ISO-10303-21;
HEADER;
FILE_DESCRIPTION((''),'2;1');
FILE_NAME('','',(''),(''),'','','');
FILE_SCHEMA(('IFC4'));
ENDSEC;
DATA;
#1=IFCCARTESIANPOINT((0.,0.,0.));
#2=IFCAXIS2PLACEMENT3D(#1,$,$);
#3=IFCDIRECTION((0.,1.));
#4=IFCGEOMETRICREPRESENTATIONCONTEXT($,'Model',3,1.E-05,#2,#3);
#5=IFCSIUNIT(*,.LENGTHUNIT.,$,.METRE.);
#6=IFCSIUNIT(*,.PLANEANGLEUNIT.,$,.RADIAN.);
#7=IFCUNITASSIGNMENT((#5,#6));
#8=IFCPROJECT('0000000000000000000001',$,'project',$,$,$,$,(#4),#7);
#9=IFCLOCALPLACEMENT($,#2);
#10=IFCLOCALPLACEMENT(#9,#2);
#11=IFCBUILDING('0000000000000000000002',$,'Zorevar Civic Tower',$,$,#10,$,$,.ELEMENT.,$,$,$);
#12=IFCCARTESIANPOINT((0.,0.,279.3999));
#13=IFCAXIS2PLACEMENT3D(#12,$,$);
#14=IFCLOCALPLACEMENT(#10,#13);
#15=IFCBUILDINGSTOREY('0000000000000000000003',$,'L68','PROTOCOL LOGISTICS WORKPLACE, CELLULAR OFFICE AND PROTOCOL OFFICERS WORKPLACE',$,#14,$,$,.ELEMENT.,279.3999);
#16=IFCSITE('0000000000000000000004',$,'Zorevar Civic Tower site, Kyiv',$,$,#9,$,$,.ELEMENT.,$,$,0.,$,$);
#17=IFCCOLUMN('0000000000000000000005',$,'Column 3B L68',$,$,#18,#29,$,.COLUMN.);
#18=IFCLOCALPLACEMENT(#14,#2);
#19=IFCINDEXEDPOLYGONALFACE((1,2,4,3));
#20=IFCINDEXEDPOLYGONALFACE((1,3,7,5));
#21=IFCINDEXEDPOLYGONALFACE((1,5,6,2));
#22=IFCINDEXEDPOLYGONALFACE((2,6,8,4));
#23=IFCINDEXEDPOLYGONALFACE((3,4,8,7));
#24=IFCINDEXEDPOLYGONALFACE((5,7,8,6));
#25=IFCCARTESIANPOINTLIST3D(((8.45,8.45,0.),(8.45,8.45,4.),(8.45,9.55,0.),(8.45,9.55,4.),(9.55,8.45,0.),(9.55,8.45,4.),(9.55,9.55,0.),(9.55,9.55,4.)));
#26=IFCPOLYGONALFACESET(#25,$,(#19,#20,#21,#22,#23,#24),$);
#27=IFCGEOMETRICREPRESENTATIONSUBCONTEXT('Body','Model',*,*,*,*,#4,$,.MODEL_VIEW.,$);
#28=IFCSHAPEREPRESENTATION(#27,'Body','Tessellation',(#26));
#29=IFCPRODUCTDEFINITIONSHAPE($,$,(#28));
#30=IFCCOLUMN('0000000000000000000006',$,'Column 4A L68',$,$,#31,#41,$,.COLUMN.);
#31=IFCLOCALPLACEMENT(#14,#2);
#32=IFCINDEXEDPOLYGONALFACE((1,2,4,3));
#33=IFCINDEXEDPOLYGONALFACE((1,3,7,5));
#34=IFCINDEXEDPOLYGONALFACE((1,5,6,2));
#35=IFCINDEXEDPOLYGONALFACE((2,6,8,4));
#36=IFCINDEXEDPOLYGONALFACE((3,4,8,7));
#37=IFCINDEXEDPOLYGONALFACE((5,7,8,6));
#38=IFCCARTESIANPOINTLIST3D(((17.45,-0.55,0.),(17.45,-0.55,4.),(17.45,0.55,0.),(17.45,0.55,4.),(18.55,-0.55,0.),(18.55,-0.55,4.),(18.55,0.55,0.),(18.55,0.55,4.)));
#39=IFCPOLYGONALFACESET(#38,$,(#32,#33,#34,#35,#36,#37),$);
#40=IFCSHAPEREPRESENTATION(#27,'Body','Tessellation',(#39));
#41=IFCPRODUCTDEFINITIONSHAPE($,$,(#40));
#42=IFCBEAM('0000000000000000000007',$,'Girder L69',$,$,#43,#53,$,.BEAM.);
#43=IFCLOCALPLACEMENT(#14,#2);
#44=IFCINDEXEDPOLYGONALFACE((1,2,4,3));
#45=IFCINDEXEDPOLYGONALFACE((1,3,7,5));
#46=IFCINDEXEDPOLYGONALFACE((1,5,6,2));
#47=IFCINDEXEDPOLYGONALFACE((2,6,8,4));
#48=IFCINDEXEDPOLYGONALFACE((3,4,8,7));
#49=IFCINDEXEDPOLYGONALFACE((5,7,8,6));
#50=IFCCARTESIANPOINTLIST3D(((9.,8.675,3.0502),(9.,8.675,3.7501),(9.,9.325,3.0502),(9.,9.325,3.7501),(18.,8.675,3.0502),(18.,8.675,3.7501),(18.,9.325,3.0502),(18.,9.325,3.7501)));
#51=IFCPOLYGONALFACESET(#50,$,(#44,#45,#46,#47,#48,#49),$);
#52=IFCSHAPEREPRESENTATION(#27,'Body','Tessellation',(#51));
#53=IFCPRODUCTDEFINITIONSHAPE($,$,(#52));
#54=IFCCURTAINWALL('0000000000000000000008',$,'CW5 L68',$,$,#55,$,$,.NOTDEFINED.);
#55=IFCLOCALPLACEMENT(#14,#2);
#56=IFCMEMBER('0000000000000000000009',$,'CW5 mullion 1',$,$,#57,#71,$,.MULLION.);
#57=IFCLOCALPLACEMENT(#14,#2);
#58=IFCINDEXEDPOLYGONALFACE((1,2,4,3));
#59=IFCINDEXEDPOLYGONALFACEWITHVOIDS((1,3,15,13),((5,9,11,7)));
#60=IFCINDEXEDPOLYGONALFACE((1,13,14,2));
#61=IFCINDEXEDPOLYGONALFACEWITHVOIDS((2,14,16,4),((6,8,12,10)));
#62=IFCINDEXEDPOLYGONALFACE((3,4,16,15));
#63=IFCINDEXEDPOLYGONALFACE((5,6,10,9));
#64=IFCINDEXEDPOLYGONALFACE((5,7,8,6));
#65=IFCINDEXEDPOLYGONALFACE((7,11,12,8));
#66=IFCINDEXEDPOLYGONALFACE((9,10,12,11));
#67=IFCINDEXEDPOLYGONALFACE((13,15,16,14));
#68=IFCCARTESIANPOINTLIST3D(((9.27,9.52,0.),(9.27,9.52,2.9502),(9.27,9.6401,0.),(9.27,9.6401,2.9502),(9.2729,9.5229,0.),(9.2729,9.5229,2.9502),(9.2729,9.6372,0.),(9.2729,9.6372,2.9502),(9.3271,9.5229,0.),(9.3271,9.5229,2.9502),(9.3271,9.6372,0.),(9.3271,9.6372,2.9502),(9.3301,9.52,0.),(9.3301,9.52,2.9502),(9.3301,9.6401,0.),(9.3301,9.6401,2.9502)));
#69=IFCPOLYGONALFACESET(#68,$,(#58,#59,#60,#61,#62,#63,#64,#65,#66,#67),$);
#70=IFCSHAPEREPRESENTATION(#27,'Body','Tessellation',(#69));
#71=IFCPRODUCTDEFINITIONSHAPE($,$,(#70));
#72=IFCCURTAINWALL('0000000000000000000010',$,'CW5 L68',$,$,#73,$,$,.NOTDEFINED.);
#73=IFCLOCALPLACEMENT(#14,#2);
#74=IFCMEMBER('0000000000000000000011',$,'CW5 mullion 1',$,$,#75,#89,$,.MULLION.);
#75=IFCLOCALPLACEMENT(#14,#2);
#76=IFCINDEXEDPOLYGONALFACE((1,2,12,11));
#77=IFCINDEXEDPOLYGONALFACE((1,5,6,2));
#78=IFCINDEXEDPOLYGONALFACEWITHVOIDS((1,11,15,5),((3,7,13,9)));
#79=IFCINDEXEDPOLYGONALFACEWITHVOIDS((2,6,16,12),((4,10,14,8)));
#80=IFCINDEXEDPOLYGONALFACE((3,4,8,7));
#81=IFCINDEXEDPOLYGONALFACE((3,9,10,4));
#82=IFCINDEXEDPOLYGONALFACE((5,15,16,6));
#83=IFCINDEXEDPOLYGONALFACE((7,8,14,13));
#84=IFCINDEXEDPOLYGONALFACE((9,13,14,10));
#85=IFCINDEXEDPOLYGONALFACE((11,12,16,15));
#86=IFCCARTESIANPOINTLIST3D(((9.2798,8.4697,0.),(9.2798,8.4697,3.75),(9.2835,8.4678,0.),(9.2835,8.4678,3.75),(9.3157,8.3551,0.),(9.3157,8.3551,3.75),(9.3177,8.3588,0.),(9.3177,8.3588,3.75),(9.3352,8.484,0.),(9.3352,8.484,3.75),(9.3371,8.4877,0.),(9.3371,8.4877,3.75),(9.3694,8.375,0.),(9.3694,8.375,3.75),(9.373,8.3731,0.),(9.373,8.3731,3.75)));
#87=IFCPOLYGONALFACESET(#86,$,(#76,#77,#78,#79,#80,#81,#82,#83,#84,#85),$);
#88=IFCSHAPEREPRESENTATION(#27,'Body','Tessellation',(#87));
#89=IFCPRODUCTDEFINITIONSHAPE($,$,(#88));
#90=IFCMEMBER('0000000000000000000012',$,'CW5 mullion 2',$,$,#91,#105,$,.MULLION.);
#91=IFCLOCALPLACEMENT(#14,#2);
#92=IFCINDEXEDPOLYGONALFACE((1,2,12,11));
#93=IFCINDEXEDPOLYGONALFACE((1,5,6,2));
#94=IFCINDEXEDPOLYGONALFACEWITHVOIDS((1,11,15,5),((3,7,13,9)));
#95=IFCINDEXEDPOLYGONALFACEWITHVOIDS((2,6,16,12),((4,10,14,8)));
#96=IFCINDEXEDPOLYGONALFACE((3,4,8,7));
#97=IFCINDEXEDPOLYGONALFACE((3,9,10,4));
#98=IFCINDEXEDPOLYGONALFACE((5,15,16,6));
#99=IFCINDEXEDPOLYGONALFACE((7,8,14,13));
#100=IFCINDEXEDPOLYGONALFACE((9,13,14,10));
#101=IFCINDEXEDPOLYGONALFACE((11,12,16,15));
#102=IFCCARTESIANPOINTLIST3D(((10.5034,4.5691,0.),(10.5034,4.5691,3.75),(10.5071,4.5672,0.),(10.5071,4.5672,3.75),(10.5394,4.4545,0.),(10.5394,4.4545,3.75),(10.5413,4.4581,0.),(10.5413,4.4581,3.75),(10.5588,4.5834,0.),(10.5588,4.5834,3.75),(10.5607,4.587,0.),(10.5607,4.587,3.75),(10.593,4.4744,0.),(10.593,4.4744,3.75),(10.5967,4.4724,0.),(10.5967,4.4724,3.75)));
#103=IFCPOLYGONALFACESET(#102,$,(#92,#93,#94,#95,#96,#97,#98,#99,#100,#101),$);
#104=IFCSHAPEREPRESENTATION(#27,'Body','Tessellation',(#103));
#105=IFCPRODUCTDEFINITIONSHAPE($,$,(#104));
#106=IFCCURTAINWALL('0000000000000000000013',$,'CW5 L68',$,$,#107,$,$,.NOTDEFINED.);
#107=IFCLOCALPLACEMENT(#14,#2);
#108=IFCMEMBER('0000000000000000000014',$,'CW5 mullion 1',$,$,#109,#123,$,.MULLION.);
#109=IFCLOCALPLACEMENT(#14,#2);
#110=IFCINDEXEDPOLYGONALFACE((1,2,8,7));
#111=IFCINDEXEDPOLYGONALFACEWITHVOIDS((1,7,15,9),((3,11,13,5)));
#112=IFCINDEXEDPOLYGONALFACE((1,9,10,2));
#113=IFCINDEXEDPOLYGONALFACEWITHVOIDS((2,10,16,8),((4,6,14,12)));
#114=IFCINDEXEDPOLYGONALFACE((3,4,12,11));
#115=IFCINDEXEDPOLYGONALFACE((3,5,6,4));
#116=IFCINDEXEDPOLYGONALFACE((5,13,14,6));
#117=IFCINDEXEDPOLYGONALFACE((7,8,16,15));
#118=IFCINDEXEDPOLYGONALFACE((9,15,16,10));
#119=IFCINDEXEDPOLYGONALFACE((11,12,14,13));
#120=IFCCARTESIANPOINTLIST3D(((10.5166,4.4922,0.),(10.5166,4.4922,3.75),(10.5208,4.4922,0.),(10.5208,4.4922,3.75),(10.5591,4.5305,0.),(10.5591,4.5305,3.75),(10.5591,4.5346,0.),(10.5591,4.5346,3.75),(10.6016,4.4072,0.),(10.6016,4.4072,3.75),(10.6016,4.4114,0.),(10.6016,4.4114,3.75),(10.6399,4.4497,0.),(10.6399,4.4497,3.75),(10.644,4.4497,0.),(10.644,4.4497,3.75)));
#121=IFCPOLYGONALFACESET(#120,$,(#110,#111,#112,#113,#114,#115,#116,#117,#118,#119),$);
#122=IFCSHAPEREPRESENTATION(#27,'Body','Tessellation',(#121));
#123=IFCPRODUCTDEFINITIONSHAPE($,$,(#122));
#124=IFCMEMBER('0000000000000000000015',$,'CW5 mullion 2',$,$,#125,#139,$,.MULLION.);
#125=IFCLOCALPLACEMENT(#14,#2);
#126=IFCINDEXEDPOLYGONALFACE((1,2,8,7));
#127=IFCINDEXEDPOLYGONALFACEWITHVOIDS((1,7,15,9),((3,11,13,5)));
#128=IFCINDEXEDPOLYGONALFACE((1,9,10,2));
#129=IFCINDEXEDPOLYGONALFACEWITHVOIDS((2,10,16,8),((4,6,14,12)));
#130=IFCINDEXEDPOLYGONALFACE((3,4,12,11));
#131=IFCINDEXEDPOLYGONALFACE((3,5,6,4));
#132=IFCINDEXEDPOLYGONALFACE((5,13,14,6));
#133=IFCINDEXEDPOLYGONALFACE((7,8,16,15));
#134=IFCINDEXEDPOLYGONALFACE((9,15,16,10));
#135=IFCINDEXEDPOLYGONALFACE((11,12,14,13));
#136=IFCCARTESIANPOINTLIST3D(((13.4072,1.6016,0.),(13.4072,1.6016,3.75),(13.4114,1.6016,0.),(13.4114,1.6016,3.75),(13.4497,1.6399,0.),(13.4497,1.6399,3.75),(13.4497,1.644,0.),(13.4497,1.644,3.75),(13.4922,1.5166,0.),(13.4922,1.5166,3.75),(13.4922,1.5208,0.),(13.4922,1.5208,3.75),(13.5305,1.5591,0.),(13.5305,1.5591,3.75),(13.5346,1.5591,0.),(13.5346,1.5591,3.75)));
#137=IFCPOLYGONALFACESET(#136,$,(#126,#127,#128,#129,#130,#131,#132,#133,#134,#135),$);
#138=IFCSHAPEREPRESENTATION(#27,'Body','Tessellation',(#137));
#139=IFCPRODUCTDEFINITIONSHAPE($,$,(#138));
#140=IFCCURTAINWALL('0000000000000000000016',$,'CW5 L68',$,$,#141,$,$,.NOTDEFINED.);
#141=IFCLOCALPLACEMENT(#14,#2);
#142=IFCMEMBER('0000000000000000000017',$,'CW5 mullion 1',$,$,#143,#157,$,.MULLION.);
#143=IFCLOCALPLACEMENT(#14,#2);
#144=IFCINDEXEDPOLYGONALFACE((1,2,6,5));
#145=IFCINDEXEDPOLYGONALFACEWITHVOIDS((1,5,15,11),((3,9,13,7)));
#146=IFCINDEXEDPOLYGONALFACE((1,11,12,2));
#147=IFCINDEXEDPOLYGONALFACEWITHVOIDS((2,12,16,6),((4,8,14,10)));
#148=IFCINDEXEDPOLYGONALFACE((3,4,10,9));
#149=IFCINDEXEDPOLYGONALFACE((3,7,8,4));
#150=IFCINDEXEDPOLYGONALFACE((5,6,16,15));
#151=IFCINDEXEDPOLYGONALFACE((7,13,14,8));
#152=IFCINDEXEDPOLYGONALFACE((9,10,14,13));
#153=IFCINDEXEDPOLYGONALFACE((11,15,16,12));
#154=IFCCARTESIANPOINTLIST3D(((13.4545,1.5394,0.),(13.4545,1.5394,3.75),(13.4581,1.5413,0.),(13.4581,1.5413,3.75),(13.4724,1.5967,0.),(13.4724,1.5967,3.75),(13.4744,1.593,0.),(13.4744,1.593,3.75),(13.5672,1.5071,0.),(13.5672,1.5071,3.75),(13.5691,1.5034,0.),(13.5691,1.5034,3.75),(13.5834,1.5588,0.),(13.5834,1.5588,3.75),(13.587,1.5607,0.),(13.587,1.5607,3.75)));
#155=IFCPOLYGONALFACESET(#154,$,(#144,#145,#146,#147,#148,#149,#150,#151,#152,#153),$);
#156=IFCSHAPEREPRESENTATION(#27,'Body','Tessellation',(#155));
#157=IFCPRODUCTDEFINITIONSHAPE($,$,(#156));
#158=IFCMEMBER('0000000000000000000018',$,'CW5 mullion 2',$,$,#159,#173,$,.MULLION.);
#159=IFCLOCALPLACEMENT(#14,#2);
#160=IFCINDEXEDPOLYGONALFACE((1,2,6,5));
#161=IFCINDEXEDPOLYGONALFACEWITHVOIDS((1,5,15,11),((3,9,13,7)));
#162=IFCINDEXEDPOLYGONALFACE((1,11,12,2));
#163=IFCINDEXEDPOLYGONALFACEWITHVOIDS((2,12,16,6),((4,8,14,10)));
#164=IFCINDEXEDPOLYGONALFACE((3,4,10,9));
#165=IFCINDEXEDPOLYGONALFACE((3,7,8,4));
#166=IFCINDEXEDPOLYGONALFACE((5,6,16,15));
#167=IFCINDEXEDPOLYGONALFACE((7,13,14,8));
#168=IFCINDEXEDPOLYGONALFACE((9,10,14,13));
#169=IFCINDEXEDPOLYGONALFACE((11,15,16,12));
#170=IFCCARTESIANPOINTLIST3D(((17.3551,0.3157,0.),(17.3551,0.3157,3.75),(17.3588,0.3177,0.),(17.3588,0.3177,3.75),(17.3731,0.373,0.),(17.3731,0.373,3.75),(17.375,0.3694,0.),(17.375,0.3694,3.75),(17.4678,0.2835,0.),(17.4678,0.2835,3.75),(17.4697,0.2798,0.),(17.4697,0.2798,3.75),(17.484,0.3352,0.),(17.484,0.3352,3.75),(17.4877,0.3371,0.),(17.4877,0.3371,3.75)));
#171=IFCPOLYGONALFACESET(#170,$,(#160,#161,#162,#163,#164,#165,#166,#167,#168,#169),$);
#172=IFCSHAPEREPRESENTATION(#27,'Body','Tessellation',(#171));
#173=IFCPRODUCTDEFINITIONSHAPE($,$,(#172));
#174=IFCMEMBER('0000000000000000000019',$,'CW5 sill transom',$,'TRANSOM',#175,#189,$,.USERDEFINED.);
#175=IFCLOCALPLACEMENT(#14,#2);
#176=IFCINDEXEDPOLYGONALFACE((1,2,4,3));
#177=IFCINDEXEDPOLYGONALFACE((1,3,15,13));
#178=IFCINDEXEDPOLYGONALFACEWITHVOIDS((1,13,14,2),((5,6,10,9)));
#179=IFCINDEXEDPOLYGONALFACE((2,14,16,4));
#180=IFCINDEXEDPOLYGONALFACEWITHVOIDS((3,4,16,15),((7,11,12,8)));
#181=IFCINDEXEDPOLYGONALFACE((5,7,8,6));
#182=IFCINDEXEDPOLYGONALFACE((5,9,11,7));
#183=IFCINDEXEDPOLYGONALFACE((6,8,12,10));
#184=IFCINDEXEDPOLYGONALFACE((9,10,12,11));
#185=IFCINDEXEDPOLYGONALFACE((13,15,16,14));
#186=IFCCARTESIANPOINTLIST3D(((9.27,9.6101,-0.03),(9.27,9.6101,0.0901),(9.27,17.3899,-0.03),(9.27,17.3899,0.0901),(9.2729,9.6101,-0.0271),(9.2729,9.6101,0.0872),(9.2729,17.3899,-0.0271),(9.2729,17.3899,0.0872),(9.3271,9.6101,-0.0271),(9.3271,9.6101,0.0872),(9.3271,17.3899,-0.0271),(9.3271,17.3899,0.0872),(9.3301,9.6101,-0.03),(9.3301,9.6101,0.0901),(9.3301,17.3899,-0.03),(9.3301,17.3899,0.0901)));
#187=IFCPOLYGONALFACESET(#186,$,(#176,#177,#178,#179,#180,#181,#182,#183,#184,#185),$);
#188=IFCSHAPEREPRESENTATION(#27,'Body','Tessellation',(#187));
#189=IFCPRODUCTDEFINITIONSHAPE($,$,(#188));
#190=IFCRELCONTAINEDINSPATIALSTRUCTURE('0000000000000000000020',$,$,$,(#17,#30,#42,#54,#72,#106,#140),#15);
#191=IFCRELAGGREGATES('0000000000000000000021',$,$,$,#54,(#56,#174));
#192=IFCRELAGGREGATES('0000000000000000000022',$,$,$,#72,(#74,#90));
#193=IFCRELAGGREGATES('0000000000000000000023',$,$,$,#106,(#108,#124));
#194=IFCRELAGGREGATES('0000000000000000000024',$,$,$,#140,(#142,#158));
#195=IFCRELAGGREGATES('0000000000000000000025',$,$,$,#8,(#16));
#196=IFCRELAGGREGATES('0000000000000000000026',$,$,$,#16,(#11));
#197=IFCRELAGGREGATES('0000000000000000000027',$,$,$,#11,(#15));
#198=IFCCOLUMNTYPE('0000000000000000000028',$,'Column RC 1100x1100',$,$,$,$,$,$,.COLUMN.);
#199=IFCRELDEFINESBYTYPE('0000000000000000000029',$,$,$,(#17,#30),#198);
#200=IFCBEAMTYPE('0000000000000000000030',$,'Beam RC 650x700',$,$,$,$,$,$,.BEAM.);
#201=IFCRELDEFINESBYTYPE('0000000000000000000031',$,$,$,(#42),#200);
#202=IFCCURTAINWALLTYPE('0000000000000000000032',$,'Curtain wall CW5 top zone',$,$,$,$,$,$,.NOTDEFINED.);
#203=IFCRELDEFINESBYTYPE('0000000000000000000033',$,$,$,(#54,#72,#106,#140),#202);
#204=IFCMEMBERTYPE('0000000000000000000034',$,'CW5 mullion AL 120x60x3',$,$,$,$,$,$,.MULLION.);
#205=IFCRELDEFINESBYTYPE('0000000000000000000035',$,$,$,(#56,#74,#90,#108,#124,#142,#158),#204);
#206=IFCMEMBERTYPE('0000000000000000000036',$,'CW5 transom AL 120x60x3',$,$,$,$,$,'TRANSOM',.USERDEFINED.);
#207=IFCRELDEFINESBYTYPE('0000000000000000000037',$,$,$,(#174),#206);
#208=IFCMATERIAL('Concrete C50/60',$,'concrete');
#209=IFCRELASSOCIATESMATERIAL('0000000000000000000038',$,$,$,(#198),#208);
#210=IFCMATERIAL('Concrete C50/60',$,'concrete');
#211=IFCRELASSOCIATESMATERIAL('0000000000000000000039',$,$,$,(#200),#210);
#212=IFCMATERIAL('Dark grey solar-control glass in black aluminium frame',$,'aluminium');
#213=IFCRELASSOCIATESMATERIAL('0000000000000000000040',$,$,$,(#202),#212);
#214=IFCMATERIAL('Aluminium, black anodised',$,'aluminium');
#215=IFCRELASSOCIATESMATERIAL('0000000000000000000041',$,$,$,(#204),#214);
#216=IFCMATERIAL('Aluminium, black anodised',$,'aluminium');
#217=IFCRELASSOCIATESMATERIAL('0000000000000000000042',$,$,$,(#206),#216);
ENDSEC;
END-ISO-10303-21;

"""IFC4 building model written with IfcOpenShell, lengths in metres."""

from ifc_helpers import new_model, si_unit, direction, frame, origin, origin_2d, place, context, subcontext, project, spatial, rectangle, hollow_rectangle, extrude, material, material_profile, profile_set, type_object, element, aggregate, save


model = new_model("IFC4")

# Units and contexts
model_context = context("Model", 3, precision=1e-05, world=origin(), true_north=direction((0.0, 1.0)))
body_context = subcontext(model_context, "Body", "Model", "MODEL_VIEW")
ifc_project = project(units=[si_unit("LENGTHUNIT", "METRE"), si_unit("PLANEANGLEUNIT", "RADIAN")], contexts=[model_context])

# Site, building, storey
site_placement = place(None, origin())
site = spatial("IfcSite", under=ifc_project, at=site_placement, Name="Zorevar Civic Tower site, Kyiv", CompositionType="ELEMENT", RefElevation=0.0)
building_placement = place(site_placement, origin())
building = spatial("IfcBuilding", under=site, at=building_placement, Name="Zorevar Civic Tower", CompositionType="ELEMENT")
storey_placement = place(building_placement, frame((0.0, 0.0, 279.3999)))
storey = spatial("IfcBuildingStorey", under=building, at=storey_placement, Name="L68", Description="PROTOCOL LOGISTICS WORKPLACE, CELLULAR OFFICE AND PROTOCOL OFFICERS WORKPLACE", CompositionType="ELEMENT", Elevation=279.3999)

# Columns
ifc_material_1 = material(Name="Concrete C50/60", Category="concrete")
ifc_material_profile_1 = material_profile(ifc_material_1, rectangle(XDim=1.1001, YDim=1.1001, at=origin_2d()), Name="RC 1100x1100")
ifc_profile_set_1 = profile_set([ifc_material_profile_1], Name="Concrete C50/60")
column_type = type_object("IfcColumnType", Name="Column RC 1100x1100", PredefinedType="COLUMN", material=ifc_profile_set_1)
for number, where, z_axis, x_axis, name in (
    (1, (9.0, 9.0, 0.0), (0.0, 0.0, 1.0), (1.0, 0.0, 0.0), "Column 3B L68"),
    (2, (18.0, 0.0, 0.0), (0.0, 0.0, 1.0), (1.0, 0.0, 0.0), "Column 4A L68"),
):
    element("IfcColumn", number, at=place(storey_placement, frame(where, z_axis=z_axis, x_axis=x_axis)), inside=storey, type_object=column_type, Name=name, PredefinedType="COLUMN", context=body_context, shape_type="SweptSolid", body=[
        extrude(rectangle(XDim=1.1001, YDim=1.1001, at=origin_2d()), origin(), (0.0, 0.0, 1.0), 4.0),
    ])

# Beam
ifc_material_2 = material(Name="Concrete C50/60", Category="concrete")
ifc_material_profile_2 = material_profile(ifc_material_2, rectangle(XDim=0.6499, YDim=0.7, at=origin_2d()), Name="RC 650x700")
ifc_profile_set_2 = profile_set([ifc_material_profile_2], Name="Concrete C50/60")
beam_type_1 = type_object("IfcBeamType", Name="Beam RC 650x700", PredefinedType="BEAM", material=ifc_profile_set_2)
beam_1_placement = place(storey_placement, frame((9.0, 9.0, 3.4001), z_axis=(1.0, 0.0, 0.0), x_axis=(0.0, 1.0, 0.0)))
element("IfcBeam", 3, at=beam_1_placement, inside=storey, type_object=beam_type_1, Name="Girder L69", PredefinedType="BEAM", context=body_context, shape_type="SweptSolid", body=[
    extrude(rectangle(XDim=0.6499, YDim=0.7, at=origin_2d()), origin(), (0.0, 0.0, 1.0), 9.0),
])

# Curtain wall, member
ifc_material_3 = material(Name="Dark grey solar-control glass in black aluminium frame", Category="aluminium")
curtain_wall_type = type_object("IfcCurtainWallType", Name="Curtain wall CW5 top zone", PredefinedType="NOTDEFINED", material=ifc_material_3)
curtain_wall_1_placement = place(storey_placement, origin())
curtain_wall_1 = element("IfcCurtainWall", 4, at=curtain_wall_1_placement, inside=storey, type_object=curtain_wall_type, Name="CW5 L68", PredefinedType="NOTDEFINED")
ifc_material_4 = material(Name="Aluminium, black anodised", Category="aluminium")
ifc_material_profile_3 = material_profile(ifc_material_4, hollow_rectangle(XDim=0.0601, YDim=0.1201, WallThickness=0.0029, at=origin_2d()), Name="AL 120x60x3")
ifc_profile_set_3 = profile_set([ifc_material_profile_3], Name="Aluminium, black anodised")
member_type_1 = type_object("IfcMemberType", Name="CW5 mullion AL 120x60x3", PredefinedType="MULLION", material=ifc_profile_set_3)
member_1_placement = place(storey_placement, frame((9.3, 9.5801, 0.0), z_axis=(0.0, 0.0, 1.0), x_axis=(-1.0, 0.0, 0.0)))
member_1 = element("IfcMember", 5, at=member_1_placement, type_object=member_type_1, Name="CW5 mullion 1", PredefinedType="MULLION", context=body_context, shape_type="SweptSolid", body=[
    extrude(hollow_rectangle(XDim=0.0601, YDim=0.1201, WallThickness=0.0029, at=origin_2d()), origin(), (0.0, 0.0, 1.0), 2.9502),
])

# Curtain walls, members
curtain_wall_2_placement = place(storey_placement, origin())
curtain_wall_2 = element("IfcCurtainWall", 6, at=curtain_wall_2_placement, inside=storey, type_object=curtain_wall_type, Name="CW5 L68", PredefinedType="NOTDEFINED")
member_2_placement = place(storey_placement, frame((9.3264, 8.4214, 0.0), z_axis=(0.0, 0.0, 1.0), x_axis=(0.954153, 0.299318, 0.0)))
member_2 = element("IfcMember", 7, at=member_2_placement, type_object=member_type_1, Name="CW5 mullion 1", PredefinedType="MULLION", context=body_context, shape_type="SweptSolid", body=[
    extrude(hollow_rectangle(XDim=0.0601, YDim=0.1201, WallThickness=0.0029, at=origin_2d()), origin(), (0.0, 0.0, 1.0), 3.75),
])
member_3_placement = place(storey_placement, frame((10.55, 4.5208, 0.0), z_axis=(0.0, 0.0, 1.0), x_axis=(0.954153, 0.299318, 0.0)))
member_3 = element("IfcMember", 8, at=member_3_placement, type_object=member_type_1, Name="CW5 mullion 2", PredefinedType="MULLION", context=body_context, shape_type="SweptSolid", body=[
    extrude(hollow_rectangle(XDim=0.0601, YDim=0.1201, WallThickness=0.0029, at=origin_2d()), origin(), (0.0, 0.0, 1.0), 3.75),
])
curtain_wall_3_placement = place(storey_placement, origin())
curtain_wall_3 = element("IfcCurtainWall", 9, at=curtain_wall_3_placement, inside=storey, type_object=curtain_wall_type, Name="CW5 L68", PredefinedType="NOTDEFINED")
member_4_placement = place(storey_placement, frame((10.5803, 4.4709, 0.0), z_axis=(0.0, 0.0, 1.0), x_axis=(0.707107, 0.707107, 0.0)))
member_4 = element("IfcMember", 10, at=member_4_placement, type_object=member_type_1, Name="CW5 mullion 1", PredefinedType="MULLION", context=body_context, shape_type="SweptSolid", body=[
    extrude(hollow_rectangle(XDim=0.0601, YDim=0.1201, WallThickness=0.0029, at=origin_2d()), origin(), (0.0, 0.0, 1.0), 3.75),
])
member_5_placement = place(storey_placement, frame((13.4709, 1.5803, 0.0), z_axis=(0.0, 0.0, 1.0), x_axis=(0.707107, 0.707107, 0.0)))
member_5 = element("IfcMember", 11, at=member_5_placement, type_object=member_type_1, Name="CW5 mullion 2", PredefinedType="MULLION", context=body_context, shape_type="SweptSolid", body=[
    extrude(hollow_rectangle(XDim=0.0601, YDim=0.1201, WallThickness=0.0029, at=origin_2d()), origin(), (0.0, 0.0, 1.0), 3.75),
])
curtain_wall_4_placement = place(storey_placement, origin())
curtain_wall_4 = element("IfcCurtainWall", 12, at=curtain_wall_4_placement, inside=storey, type_object=curtain_wall_type, Name="CW5 L68", PredefinedType="NOTDEFINED")
member_6_placement = place(storey_placement, frame((13.5208, 1.55, 0.0), z_axis=(0.0, 0.0, 1.0), x_axis=(0.299318, 0.954153, 0.0)))
member_6 = element("IfcMember", 13, at=member_6_placement, type_object=member_type_1, Name="CW5 mullion 1", PredefinedType="MULLION", context=body_context, shape_type="SweptSolid", body=[
    extrude(hollow_rectangle(XDim=0.0601, YDim=0.1201, WallThickness=0.0029, at=origin_2d()), origin(), (0.0, 0.0, 1.0), 3.75),
])
member_7_placement = place(storey_placement, frame((17.4214, 0.3264, 0.0), z_axis=(0.0, 0.0, 1.0), x_axis=(0.299318, 0.954153, 0.0)))
member_7 = element("IfcMember", 14, at=member_7_placement, type_object=member_type_1, Name="CW5 mullion 2", PredefinedType="MULLION", context=body_context, shape_type="SweptSolid", body=[
    extrude(hollow_rectangle(XDim=0.0601, YDim=0.1201, WallThickness=0.0029, at=origin_2d()), origin(), (0.0, 0.0, 1.0), 3.75),
])

# Member
ifc_material_5 = material(Name="Aluminium, black anodised", Category="aluminium")
ifc_material_profile_4 = material_profile(ifc_material_5, hollow_rectangle(XDim=0.0601, YDim=0.1201, WallThickness=0.0029, at=origin_2d()), Name="AL 120x60x3")
ifc_profile_set_4 = profile_set([ifc_material_profile_4], Name="Aluminium, black anodised")
member_type_2 = type_object("IfcMemberType", Name="CW5 transom AL 120x60x3", ElementType="TRANSOM", PredefinedType="USERDEFINED", material=ifc_profile_set_4)
member_8_placement = place(storey_placement, frame((9.3, 9.6101, 0.03), z_axis=(0.0, 1.0, 0.0), x_axis=(-1.0, 0.0, 0.0)))
member_8 = element("IfcMember", 15, at=member_8_placement, type_object=member_type_2, Name="CW5 sill transom", ObjectType="TRANSOM", PredefinedType="USERDEFINED", context=body_context, shape_type="SweptSolid", body=[
    extrude(hollow_rectangle(XDim=0.0601, YDim=0.1201, WallThickness=0.0029, at=origin_2d()), origin(), (0.0, 0.0, 1.0), 7.7798),
])
aggregate(curtain_wall_1, [member_1, member_8])

aggregate(curtain_wall_2, [member_2, member_3])
aggregate(curtain_wall_3, [member_4, member_5])
aggregate(curtain_wall_4, [member_6, member_7])

save(model, "model.ifc")
